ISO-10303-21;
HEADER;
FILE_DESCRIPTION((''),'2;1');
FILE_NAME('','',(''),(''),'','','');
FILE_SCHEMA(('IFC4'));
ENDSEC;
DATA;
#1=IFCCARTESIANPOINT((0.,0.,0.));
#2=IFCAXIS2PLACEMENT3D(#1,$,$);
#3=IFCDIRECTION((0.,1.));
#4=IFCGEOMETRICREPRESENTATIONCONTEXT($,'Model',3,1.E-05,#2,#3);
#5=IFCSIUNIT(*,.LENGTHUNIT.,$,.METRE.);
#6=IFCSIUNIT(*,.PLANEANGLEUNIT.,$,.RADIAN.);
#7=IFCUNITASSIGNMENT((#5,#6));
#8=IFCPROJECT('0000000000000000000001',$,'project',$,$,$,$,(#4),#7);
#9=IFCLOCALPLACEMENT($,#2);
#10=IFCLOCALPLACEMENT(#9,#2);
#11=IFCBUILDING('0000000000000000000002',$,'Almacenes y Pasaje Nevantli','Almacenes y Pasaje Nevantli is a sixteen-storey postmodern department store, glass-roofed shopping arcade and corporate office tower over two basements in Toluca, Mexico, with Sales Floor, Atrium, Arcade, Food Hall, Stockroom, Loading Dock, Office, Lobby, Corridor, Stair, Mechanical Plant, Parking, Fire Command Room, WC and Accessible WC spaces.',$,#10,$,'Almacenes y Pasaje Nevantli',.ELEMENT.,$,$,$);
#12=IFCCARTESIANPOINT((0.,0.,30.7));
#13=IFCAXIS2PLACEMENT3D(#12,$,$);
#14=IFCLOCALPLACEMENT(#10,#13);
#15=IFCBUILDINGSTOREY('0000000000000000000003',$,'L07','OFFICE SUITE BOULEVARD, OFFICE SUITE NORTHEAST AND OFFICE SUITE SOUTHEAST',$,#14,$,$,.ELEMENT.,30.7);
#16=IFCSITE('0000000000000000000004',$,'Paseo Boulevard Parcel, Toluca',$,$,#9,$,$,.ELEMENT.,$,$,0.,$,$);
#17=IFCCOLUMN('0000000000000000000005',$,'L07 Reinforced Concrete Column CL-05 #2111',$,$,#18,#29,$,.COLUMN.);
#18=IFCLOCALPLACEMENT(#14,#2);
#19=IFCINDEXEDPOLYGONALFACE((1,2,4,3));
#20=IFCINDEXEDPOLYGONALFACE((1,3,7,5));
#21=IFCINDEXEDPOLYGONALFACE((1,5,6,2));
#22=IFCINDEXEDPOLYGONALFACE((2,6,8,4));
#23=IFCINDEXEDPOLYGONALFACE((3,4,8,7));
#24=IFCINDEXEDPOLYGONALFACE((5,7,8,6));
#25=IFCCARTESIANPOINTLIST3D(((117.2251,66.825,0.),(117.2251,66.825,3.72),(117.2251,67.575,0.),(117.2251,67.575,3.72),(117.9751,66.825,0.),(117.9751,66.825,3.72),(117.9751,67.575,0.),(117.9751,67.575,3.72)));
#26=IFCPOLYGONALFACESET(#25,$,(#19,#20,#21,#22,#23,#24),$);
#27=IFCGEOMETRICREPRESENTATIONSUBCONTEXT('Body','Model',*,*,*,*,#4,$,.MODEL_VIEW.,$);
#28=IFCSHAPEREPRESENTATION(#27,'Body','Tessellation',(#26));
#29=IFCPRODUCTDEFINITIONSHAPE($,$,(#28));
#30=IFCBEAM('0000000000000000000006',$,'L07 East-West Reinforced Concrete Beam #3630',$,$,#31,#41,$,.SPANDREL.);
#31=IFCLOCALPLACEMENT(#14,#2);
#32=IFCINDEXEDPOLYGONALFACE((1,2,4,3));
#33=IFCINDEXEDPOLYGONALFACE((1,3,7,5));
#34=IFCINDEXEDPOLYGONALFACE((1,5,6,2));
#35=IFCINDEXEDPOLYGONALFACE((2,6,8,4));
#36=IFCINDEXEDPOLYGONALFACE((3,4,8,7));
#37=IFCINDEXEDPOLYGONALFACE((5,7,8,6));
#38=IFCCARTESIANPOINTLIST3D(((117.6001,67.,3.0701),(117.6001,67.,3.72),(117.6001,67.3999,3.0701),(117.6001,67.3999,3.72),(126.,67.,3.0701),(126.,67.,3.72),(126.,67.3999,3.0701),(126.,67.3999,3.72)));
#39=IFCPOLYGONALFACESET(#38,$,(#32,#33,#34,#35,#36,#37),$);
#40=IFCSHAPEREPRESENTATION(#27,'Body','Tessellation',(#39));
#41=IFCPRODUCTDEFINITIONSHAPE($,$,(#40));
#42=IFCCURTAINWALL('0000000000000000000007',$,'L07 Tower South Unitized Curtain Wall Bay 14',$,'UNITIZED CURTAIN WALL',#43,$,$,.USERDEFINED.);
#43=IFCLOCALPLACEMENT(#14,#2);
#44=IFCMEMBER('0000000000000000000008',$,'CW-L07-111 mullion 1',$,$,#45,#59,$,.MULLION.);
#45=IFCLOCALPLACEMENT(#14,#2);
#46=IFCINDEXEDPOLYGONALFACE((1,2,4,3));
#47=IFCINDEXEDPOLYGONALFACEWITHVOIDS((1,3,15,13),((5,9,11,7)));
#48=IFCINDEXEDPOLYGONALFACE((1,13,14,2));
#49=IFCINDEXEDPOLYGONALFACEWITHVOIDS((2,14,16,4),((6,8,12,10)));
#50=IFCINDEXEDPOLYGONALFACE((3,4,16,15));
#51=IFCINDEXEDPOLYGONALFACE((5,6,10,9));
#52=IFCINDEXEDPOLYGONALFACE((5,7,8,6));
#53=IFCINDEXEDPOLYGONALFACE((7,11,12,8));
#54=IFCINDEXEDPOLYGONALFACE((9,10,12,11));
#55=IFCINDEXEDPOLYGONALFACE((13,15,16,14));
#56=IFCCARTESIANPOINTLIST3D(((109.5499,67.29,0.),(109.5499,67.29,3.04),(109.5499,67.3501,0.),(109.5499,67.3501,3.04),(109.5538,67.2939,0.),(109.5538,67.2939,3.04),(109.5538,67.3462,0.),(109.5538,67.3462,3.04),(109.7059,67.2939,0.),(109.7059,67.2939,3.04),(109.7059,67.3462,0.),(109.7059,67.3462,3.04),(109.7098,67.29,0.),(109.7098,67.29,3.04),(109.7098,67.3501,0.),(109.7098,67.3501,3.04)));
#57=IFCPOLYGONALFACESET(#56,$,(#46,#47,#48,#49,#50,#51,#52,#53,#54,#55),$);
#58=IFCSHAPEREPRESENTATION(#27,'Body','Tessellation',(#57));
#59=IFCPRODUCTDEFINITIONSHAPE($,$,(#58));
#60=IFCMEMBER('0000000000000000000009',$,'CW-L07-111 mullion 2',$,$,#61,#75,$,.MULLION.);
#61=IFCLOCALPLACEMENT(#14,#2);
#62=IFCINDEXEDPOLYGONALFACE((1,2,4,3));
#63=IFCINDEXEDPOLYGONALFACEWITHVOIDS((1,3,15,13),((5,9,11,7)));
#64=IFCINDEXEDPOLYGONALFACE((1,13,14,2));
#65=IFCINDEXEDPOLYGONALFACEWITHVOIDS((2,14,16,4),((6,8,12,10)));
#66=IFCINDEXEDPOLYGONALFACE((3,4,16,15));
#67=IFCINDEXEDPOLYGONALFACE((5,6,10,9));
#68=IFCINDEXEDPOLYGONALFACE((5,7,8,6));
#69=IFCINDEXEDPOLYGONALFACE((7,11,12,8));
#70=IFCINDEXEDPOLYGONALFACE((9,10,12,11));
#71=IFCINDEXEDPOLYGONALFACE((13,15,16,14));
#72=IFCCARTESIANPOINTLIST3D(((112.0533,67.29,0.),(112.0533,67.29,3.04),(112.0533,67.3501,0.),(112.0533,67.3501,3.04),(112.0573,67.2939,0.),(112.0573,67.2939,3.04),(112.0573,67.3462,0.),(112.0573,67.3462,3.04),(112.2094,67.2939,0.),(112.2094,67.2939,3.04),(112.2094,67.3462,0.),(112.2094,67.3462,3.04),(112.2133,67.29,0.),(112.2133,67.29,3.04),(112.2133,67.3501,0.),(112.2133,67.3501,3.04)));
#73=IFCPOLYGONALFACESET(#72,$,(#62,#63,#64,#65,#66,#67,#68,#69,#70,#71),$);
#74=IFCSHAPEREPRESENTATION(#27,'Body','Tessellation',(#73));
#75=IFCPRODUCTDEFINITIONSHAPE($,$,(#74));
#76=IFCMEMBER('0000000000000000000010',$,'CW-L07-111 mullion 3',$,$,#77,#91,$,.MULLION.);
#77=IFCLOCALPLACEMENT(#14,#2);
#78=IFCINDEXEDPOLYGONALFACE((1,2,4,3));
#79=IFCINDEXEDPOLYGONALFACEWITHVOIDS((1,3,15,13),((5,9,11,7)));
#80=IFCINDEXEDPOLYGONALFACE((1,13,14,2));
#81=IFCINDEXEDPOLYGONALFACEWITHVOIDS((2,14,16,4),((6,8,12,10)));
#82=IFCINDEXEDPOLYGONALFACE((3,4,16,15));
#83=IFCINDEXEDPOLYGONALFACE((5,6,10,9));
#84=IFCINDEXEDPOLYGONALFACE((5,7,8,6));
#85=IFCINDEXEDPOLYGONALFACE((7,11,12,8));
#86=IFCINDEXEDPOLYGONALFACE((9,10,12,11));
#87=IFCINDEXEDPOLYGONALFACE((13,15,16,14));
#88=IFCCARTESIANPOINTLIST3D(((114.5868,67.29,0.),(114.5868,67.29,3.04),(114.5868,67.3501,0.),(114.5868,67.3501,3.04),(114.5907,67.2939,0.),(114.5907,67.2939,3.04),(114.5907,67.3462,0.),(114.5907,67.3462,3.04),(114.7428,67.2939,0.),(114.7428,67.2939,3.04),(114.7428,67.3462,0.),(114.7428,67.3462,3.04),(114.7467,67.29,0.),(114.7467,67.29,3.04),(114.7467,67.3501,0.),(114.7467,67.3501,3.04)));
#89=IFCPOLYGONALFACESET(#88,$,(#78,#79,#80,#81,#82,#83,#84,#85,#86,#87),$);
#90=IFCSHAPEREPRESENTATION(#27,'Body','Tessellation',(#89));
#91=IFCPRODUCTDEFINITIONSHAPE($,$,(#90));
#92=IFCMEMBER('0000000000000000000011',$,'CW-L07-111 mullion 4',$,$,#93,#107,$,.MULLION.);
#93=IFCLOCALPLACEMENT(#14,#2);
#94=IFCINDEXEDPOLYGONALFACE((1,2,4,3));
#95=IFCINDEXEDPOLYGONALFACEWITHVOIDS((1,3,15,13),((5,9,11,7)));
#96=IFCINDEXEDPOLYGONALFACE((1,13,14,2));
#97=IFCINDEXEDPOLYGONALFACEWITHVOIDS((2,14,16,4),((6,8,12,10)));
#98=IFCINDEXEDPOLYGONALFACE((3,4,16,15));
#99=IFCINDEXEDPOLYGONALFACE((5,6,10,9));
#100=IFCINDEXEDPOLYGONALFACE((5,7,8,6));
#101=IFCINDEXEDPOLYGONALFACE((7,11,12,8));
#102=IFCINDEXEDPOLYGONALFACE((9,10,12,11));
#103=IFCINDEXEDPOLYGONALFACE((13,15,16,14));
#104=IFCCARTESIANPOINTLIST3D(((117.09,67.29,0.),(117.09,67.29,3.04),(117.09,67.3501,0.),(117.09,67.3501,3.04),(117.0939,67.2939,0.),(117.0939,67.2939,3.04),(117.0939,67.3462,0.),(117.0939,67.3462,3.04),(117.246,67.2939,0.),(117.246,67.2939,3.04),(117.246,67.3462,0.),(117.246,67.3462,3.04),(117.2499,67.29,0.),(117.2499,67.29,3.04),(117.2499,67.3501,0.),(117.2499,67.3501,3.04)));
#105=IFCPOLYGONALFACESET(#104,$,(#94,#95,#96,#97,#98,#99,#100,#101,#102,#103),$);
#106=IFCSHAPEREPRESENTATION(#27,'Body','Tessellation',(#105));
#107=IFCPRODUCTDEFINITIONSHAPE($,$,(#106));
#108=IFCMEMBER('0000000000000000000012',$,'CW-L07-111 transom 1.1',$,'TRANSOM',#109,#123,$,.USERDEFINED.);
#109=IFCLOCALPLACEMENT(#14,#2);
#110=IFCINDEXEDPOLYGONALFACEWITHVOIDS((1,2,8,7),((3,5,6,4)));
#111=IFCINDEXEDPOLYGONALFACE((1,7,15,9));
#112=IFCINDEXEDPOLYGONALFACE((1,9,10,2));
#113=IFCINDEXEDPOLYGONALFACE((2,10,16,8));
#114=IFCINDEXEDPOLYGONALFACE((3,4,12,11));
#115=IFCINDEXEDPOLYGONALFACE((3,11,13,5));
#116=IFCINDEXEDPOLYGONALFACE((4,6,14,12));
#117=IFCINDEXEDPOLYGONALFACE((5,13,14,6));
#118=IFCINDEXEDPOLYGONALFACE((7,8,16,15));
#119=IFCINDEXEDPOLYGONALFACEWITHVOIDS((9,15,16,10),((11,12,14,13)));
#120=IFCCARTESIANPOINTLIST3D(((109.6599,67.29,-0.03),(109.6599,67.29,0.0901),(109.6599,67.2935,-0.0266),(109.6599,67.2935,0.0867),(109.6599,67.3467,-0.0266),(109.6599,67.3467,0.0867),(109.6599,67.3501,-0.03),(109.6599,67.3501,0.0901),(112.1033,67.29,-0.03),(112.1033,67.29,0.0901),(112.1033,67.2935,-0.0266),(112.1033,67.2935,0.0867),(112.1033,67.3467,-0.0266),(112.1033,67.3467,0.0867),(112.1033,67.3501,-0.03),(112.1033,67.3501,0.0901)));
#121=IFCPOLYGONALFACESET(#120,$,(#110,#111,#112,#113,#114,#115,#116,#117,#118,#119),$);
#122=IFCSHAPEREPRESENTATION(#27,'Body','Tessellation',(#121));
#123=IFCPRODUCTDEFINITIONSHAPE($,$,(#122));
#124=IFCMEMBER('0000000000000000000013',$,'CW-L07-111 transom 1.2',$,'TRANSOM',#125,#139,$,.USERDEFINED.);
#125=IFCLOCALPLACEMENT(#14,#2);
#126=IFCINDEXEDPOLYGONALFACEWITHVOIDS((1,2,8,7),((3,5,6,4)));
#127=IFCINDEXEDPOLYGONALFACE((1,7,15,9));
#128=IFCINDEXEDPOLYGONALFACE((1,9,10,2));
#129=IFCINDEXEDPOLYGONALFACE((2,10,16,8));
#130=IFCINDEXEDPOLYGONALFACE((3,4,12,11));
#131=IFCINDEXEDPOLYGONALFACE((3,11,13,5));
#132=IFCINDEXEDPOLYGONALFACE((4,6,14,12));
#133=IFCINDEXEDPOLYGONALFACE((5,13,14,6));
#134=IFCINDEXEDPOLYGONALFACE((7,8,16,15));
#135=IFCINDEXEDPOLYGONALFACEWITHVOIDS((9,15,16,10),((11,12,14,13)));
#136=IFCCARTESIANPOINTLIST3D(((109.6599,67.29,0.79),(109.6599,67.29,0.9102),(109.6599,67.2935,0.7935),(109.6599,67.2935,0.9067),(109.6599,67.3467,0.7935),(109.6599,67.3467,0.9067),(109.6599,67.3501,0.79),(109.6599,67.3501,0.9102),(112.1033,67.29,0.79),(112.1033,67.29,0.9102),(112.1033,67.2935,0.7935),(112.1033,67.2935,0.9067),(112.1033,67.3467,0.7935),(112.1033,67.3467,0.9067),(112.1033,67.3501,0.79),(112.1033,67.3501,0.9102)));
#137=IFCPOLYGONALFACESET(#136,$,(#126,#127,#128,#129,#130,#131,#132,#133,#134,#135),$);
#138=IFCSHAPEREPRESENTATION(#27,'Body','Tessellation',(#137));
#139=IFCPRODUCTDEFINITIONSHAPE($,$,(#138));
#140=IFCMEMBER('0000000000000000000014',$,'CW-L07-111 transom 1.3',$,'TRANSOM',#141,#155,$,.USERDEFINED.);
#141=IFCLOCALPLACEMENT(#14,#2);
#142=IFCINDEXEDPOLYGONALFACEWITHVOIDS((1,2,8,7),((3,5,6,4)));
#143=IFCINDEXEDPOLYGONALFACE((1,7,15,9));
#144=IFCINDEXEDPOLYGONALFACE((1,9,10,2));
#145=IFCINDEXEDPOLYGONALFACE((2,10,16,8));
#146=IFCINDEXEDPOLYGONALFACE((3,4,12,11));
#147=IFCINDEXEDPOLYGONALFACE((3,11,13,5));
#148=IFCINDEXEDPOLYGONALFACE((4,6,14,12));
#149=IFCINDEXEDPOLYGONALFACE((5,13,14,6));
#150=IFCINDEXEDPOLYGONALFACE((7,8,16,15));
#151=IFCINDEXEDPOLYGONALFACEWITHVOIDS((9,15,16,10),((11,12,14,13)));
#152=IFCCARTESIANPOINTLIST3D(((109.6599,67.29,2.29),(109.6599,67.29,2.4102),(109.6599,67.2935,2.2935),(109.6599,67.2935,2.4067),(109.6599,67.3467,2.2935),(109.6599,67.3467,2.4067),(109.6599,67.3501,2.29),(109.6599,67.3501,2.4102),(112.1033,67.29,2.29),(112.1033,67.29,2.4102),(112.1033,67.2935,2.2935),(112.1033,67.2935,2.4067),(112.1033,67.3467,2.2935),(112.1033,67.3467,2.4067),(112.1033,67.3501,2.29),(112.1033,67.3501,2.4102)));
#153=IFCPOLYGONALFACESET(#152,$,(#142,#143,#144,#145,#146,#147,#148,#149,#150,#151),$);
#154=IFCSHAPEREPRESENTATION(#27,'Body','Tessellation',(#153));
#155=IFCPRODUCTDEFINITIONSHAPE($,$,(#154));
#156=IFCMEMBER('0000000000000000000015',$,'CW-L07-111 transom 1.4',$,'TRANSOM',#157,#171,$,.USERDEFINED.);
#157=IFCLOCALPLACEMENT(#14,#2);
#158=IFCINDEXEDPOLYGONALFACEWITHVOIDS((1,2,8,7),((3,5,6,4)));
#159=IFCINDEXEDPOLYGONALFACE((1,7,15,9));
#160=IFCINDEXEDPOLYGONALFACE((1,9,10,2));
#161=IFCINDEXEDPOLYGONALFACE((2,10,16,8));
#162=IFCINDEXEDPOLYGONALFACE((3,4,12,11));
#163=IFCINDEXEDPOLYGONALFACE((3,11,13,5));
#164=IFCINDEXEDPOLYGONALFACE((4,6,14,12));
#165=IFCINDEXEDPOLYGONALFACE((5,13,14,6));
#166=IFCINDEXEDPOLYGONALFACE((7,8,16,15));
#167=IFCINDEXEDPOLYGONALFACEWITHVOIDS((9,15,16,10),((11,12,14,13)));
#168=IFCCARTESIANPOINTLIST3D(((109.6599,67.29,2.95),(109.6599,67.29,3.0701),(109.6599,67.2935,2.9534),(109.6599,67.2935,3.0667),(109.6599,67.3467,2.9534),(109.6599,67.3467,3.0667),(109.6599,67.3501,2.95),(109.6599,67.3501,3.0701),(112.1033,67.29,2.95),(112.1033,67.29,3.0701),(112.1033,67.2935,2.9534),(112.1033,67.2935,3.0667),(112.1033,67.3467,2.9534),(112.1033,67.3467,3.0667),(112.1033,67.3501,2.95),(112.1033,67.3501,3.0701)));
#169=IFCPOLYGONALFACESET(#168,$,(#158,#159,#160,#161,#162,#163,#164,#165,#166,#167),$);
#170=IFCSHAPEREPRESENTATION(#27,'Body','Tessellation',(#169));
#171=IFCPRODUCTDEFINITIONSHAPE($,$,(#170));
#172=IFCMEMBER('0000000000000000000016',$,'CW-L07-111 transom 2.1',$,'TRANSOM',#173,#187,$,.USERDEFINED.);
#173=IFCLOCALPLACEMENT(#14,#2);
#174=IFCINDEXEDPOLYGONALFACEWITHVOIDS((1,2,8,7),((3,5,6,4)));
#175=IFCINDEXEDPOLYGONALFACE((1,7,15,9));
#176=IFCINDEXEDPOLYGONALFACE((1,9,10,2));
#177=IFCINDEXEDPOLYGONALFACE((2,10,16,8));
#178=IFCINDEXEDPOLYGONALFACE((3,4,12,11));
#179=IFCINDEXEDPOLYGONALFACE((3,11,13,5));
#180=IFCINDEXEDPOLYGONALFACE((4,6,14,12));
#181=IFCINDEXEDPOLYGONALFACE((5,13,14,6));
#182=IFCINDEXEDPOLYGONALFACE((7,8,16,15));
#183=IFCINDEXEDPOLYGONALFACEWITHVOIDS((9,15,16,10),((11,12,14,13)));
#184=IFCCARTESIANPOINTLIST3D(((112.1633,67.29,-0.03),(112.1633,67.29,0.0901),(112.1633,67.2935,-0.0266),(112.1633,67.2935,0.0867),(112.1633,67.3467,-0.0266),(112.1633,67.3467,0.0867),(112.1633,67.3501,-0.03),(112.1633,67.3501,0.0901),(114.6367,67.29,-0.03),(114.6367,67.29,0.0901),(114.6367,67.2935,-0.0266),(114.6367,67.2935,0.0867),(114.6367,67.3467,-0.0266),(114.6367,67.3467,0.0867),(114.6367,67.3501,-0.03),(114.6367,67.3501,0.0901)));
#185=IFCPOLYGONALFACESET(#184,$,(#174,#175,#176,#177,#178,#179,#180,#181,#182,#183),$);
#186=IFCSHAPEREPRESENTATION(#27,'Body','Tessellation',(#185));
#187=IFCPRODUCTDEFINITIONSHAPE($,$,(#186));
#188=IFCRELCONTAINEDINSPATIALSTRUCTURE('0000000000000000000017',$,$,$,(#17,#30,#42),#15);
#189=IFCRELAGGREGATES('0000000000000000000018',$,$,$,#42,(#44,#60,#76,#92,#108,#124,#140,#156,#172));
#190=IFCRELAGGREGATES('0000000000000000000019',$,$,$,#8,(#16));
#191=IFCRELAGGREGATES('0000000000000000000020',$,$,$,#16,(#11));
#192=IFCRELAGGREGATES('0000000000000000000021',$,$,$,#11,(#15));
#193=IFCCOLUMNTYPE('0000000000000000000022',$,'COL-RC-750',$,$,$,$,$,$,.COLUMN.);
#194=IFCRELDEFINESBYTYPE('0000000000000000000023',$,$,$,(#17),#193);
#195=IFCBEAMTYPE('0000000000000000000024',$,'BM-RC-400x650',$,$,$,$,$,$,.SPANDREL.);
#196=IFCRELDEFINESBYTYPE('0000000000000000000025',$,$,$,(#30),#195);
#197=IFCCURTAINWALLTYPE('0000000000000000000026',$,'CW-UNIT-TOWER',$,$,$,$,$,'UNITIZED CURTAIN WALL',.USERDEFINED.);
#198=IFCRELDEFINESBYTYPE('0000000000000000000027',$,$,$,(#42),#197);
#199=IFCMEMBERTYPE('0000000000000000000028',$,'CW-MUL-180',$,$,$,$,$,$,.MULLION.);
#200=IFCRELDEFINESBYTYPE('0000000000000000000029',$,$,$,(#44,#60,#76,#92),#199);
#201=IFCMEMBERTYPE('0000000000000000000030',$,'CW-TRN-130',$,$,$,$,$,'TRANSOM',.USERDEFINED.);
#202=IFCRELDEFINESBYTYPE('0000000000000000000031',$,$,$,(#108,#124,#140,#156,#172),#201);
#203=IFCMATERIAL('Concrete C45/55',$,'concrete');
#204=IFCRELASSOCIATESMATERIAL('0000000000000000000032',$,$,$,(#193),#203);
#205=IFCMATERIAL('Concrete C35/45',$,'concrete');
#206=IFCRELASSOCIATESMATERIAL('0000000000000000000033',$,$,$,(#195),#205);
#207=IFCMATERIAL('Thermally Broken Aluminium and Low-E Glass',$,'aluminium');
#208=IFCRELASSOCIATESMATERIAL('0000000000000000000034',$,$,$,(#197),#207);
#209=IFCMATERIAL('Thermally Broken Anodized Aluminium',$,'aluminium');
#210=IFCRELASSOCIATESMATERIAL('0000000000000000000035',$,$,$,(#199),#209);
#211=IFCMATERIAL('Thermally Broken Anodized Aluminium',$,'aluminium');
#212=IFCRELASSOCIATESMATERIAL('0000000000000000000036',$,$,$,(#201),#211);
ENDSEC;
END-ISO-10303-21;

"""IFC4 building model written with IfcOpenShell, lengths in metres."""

from ifc_helpers import new_model, si_unit, direction, frame, origin, origin_2d, place, context, subcontext, project, spatial, rectangle, hollow_rectangle, extrude, material, material_profile, profile_set, type_object, element, aggregate, save


model = new_model("IFC4")

# Units and contexts
model_context = context("Model", 3, precision=1e-05, world=origin(), true_north=direction((0.0, 1.0)))
body_context = subcontext(model_context, "Body", "Model", "MODEL_VIEW")
ifc_project = project(units=[si_unit("LENGTHUNIT", "METRE"), si_unit("PLANEANGLEUNIT", "RADIAN")], contexts=[model_context])

# Site, building, storey
site_placement = place(None, origin())
site = spatial("IfcSite", under=ifc_project, at=site_placement, Name="Paseo Boulevard Parcel, Toluca", CompositionType="ELEMENT", RefElevation=0.0)
building_placement = place(site_placement, origin())
building = spatial("IfcBuilding", under=site, at=building_placement, Name="Almacenes y Pasaje Nevantli", Description="Almacenes y Pasaje Nevantli is a sixteen-storey postmodern department store, glass-roofed shopping arcade and corporate office tower over two basements in Toluca, Mexico, with Sales Floor, Atrium, Arcade, Food Hall, Stockroom, Loading Dock, Office, Lobby, Corridor, Stair, Mechanical Plant, Parking, Fire Command Room, WC and Accessible WC spaces.", LongName="Almacenes y Pasaje Nevantli", CompositionType="ELEMENT")
storey_placement = place(building_placement, frame((0.0, 0.0, 30.7)))
storey = spatial("IfcBuildingStorey", under=building, at=storey_placement, Name="L07", Description="OFFICE SUITE BOULEVARD, OFFICE SUITE NORTHEAST AND OFFICE SUITE SOUTHEAST", CompositionType="ELEMENT", Elevation=30.7)

# Column
ifc_material_1 = material(Name="Concrete C45/55", Category="concrete")
ifc_material_profile_1 = material_profile(ifc_material_1, rectangle(XDim=0.75, YDim=0.75, at=origin_2d()), Name="RC-COL-750x750")
ifc_profile_set_1 = profile_set([ifc_material_profile_1], Name="Concrete C45/55")
column_type = type_object("IfcColumnType", Name="COL-RC-750", PredefinedType="COLUMN", material=ifc_profile_set_1)
column_placement = place(storey_placement, frame((117.6001, 67.2, 0.0), z_axis=(0.0, 0.0, 1.0), x_axis=(1.0, 0.0, 0.0)))
element("IfcColumn", 1, at=column_placement, inside=storey, type_object=column_type, Name="L07 Reinforced Concrete Column CL-05 #2111", PredefinedType="COLUMN", context=body_context, shape_type="SweptSolid", body=[
    extrude(rectangle(XDim=0.75, YDim=0.75, at=origin_2d()), origin(), (0.0, 0.0, 1.0), 3.72),
])

# Beam
ifc_material_2 = material(Name="Concrete C35/45", Category="concrete")
ifc_material_profile_2 = material_profile(ifc_material_2, rectangle(XDim=0.3999, YDim=0.6499, at=origin_2d()), Name="RC-BM-400x650")
ifc_profile_set_2 = profile_set([ifc_material_profile_2], Name="Concrete C35/45")
beam_type = type_object("IfcBeamType", Name="BM-RC-400x650", PredefinedType="SPANDREL", material=ifc_profile_set_2)
beam_placement = place(storey_placement, frame((117.6001, 67.2, 3.395), z_axis=(1.0, 0.0, 0.0), x_axis=(0.0, 1.0, 0.0)))
element("IfcBeam", 2, at=beam_placement, inside=storey, type_object=beam_type, Name="L07 East-West Reinforced Concrete Beam #3630", PredefinedType="SPANDREL", context=body_context, shape_type="SweptSolid", body=[
    extrude(rectangle(XDim=0.3999, YDim=0.6499, at=origin_2d()), origin(), (0.0, 0.0, 1.0), 8.3999),
])

# Curtain wall, members
ifc_material_3 = material(Name="Thermally Broken Aluminium and Low-E Glass", Category="aluminium")
curtain_wall_type = type_object("IfcCurtainWallType", Name="CW-UNIT-TOWER", ElementType="UNITIZED CURTAIN WALL", PredefinedType="USERDEFINED", material=ifc_material_3)
curtain_wall_placement = place(storey_placement, origin())
curtain_wall = element("IfcCurtainWall", 3, at=curtain_wall_placement, inside=storey, type_object=curtain_wall_type, Name="L07 Tower South Unitized Curtain Wall Bay 14", ObjectType="UNITIZED CURTAIN WALL", PredefinedType="USERDEFINED")
ifc_material_4 = material(Name="Thermally Broken Anodized Aluminium", Category="aluminium")
ifc_material_profile_3 = material_profile(ifc_material_4, hollow_rectangle(XDim=0.0601, YDim=0.1599, WallThickness=0.0039, at=origin_2d()), Name="ALU-MUL-60x160")
ifc_profile_set_3 = profile_set([ifc_material_profile_3], Name="Thermally Broken Anodized Aluminium")
member_type_1 = type_object("IfcMemberType", Name="CW-MUL-180", PredefinedType="MULLION", material=ifc_profile_set_3)
member_1_placement = place(storey_placement, frame((109.6299, 67.3201, 0.0), z_axis=(0.0, 0.0, 1.0), x_axis=(0.0, 1.0, 0.0)))
member_1 = element("IfcMember", 4, at=member_1_placement, type_object=member_type_1, Name="CW-L07-111 mullion 1", PredefinedType="MULLION", context=body_context, shape_type="SweptSolid", body=[
    extrude(hollow_rectangle(XDim=0.0601, YDim=0.1599, WallThickness=0.0039, at=origin_2d()), origin(), (0.0, 0.0, 1.0), 3.04),
])
member_2_placement = place(storey_placement, frame((112.1333, 67.3201, 0.0), z_axis=(0.0, 0.0, 1.0), x_axis=(0.0, 1.0, 0.0)))
member_2 = element("IfcMember", 5, at=member_2_placement, type_object=member_type_1, Name="CW-L07-111 mullion 2", PredefinedType="MULLION", context=body_context, shape_type="SweptSolid", body=[
    extrude(hollow_rectangle(XDim=0.0601, YDim=0.1599, WallThickness=0.0039, at=origin_2d()), origin(), (0.0, 0.0, 1.0), 3.04),
])
member_3_placement = place(storey_placement, frame((114.6667, 67.3201, 0.0), z_axis=(0.0, 0.0, 1.0), x_axis=(0.0, 1.0, 0.0)))
member_3 = element("IfcMember", 6, at=member_3_placement, type_object=member_type_1, Name="CW-L07-111 mullion 3", PredefinedType="MULLION", context=body_context, shape_type="SweptSolid", body=[
    extrude(hollow_rectangle(XDim=0.0601, YDim=0.1599, WallThickness=0.0039, at=origin_2d()), origin(), (0.0, 0.0, 1.0), 3.04),
])
member_4_placement = place(storey_placement, frame((117.1699, 67.3201, 0.0), z_axis=(0.0, 0.0, 1.0), x_axis=(0.0, 1.0, 0.0)))
member_4 = element("IfcMember", 7, at=member_4_placement, type_object=member_type_1, Name="CW-L07-111 mullion 4", PredefinedType="MULLION", context=body_context, shape_type="SweptSolid", body=[
    extrude(hollow_rectangle(XDim=0.0601, YDim=0.1599, WallThickness=0.0039, at=origin_2d()), origin(), (0.0, 0.0, 1.0), 3.04),
])
ifc_material_5 = material(Name="Thermally Broken Anodized Aluminium", Category="aluminium")
ifc_material_profile_4 = material_profile(ifc_material_5, hollow_rectangle(XDim=0.0601, YDim=0.1201, WallThickness=0.0034, at=origin_2d()), Name="ALU-TRN-60x120")
ifc_profile_set_4 = profile_set([ifc_material_profile_4], Name="Thermally Broken Anodized Aluminium")
member_type_2 = type_object("IfcMemberType", Name="CW-TRN-130", ElementType="TRANSOM", PredefinedType="USERDEFINED", material=ifc_profile_set_4)
member_5_placement = place(storey_placement, frame((109.6599, 67.3201, 0.03), z_axis=(1.0, 0.0, 0.0), x_axis=(0.0, 1.0, 0.0)))
member_5 = element("IfcMember", 8, at=member_5_placement, type_object=member_type_2, Name="CW-L07-111 transom 1.1", ObjectType="TRANSOM", PredefinedType="USERDEFINED", context=body_context, shape_type="SweptSolid", body=[
    extrude(hollow_rectangle(XDim=0.0601, YDim=0.1201, WallThickness=0.0034, at=origin_2d()), origin(), (0.0, 0.0, 1.0), 2.4434),
])
member_6_placement = place(storey_placement, frame((109.6599, 67.3201, 0.8501), z_axis=(1.0, 0.0, 0.0), x_axis=(0.0, 1.0, 0.0)))
member_6 = element("IfcMember", 9, at=member_6_placement, type_object=member_type_2, Name="CW-L07-111 transom 1.2", ObjectType="TRANSOM", PredefinedType="USERDEFINED", context=body_context, shape_type="SweptSolid", body=[
    extrude(hollow_rectangle(XDim=0.0601, YDim=0.1201, WallThickness=0.0034, at=origin_2d()), origin(), (0.0, 0.0, 1.0), 2.4434),
])
member_7_placement = place(storey_placement, frame((109.6599, 67.3201, 2.3501), z_axis=(1.0, 0.0, 0.0), x_axis=(0.0, 1.0, 0.0)))
member_7 = element("IfcMember", 10, at=member_7_placement, type_object=member_type_2, Name="CW-L07-111 transom 1.3", ObjectType="TRANSOM", PredefinedType="USERDEFINED", context=body_context, shape_type="SweptSolid", body=[
    extrude(hollow_rectangle(XDim=0.0601, YDim=0.1201, WallThickness=0.0034, at=origin_2d()), origin(), (0.0, 0.0, 1.0), 2.4434),
])
member_8_placement = place(storey_placement, frame((109.6599, 67.3201, 3.01), z_axis=(1.0, 0.0, 0.0), x_axis=(0.0, 1.0, 0.0)))
member_8 = element("IfcMember", 11, at=member_8_placement, type_object=member_type_2, Name="CW-L07-111 transom 1.4", ObjectType="TRANSOM", PredefinedType="USERDEFINED", context=body_context, shape_type="SweptSolid", body=[
    extrude(hollow_rectangle(XDim=0.0601, YDim=0.1201, WallThickness=0.0034, at=origin_2d()), origin(), (0.0, 0.0, 1.0), 2.4434),
])
member_9_placement = place(storey_placement, frame((112.1633, 67.3201, 0.03), z_axis=(1.0, 0.0, 0.0), x_axis=(0.0, 1.0, 0.0)))
member_9 = element("IfcMember", 12, at=member_9_placement, type_object=member_type_2, Name="CW-L07-111 transom 2.1", ObjectType="TRANSOM", PredefinedType="USERDEFINED", context=body_context, shape_type="SweptSolid", body=[
    extrude(hollow_rectangle(XDim=0.0601, YDim=0.1201, WallThickness=0.0034, at=origin_2d()), origin(), (0.0, 0.0, 1.0), 2.4734),
])
aggregate(curtain_wall, [member_1, member_2, member_3, member_4, member_5, member_6, member_7, member_8, member_9])

save(model, "model.ifc")
